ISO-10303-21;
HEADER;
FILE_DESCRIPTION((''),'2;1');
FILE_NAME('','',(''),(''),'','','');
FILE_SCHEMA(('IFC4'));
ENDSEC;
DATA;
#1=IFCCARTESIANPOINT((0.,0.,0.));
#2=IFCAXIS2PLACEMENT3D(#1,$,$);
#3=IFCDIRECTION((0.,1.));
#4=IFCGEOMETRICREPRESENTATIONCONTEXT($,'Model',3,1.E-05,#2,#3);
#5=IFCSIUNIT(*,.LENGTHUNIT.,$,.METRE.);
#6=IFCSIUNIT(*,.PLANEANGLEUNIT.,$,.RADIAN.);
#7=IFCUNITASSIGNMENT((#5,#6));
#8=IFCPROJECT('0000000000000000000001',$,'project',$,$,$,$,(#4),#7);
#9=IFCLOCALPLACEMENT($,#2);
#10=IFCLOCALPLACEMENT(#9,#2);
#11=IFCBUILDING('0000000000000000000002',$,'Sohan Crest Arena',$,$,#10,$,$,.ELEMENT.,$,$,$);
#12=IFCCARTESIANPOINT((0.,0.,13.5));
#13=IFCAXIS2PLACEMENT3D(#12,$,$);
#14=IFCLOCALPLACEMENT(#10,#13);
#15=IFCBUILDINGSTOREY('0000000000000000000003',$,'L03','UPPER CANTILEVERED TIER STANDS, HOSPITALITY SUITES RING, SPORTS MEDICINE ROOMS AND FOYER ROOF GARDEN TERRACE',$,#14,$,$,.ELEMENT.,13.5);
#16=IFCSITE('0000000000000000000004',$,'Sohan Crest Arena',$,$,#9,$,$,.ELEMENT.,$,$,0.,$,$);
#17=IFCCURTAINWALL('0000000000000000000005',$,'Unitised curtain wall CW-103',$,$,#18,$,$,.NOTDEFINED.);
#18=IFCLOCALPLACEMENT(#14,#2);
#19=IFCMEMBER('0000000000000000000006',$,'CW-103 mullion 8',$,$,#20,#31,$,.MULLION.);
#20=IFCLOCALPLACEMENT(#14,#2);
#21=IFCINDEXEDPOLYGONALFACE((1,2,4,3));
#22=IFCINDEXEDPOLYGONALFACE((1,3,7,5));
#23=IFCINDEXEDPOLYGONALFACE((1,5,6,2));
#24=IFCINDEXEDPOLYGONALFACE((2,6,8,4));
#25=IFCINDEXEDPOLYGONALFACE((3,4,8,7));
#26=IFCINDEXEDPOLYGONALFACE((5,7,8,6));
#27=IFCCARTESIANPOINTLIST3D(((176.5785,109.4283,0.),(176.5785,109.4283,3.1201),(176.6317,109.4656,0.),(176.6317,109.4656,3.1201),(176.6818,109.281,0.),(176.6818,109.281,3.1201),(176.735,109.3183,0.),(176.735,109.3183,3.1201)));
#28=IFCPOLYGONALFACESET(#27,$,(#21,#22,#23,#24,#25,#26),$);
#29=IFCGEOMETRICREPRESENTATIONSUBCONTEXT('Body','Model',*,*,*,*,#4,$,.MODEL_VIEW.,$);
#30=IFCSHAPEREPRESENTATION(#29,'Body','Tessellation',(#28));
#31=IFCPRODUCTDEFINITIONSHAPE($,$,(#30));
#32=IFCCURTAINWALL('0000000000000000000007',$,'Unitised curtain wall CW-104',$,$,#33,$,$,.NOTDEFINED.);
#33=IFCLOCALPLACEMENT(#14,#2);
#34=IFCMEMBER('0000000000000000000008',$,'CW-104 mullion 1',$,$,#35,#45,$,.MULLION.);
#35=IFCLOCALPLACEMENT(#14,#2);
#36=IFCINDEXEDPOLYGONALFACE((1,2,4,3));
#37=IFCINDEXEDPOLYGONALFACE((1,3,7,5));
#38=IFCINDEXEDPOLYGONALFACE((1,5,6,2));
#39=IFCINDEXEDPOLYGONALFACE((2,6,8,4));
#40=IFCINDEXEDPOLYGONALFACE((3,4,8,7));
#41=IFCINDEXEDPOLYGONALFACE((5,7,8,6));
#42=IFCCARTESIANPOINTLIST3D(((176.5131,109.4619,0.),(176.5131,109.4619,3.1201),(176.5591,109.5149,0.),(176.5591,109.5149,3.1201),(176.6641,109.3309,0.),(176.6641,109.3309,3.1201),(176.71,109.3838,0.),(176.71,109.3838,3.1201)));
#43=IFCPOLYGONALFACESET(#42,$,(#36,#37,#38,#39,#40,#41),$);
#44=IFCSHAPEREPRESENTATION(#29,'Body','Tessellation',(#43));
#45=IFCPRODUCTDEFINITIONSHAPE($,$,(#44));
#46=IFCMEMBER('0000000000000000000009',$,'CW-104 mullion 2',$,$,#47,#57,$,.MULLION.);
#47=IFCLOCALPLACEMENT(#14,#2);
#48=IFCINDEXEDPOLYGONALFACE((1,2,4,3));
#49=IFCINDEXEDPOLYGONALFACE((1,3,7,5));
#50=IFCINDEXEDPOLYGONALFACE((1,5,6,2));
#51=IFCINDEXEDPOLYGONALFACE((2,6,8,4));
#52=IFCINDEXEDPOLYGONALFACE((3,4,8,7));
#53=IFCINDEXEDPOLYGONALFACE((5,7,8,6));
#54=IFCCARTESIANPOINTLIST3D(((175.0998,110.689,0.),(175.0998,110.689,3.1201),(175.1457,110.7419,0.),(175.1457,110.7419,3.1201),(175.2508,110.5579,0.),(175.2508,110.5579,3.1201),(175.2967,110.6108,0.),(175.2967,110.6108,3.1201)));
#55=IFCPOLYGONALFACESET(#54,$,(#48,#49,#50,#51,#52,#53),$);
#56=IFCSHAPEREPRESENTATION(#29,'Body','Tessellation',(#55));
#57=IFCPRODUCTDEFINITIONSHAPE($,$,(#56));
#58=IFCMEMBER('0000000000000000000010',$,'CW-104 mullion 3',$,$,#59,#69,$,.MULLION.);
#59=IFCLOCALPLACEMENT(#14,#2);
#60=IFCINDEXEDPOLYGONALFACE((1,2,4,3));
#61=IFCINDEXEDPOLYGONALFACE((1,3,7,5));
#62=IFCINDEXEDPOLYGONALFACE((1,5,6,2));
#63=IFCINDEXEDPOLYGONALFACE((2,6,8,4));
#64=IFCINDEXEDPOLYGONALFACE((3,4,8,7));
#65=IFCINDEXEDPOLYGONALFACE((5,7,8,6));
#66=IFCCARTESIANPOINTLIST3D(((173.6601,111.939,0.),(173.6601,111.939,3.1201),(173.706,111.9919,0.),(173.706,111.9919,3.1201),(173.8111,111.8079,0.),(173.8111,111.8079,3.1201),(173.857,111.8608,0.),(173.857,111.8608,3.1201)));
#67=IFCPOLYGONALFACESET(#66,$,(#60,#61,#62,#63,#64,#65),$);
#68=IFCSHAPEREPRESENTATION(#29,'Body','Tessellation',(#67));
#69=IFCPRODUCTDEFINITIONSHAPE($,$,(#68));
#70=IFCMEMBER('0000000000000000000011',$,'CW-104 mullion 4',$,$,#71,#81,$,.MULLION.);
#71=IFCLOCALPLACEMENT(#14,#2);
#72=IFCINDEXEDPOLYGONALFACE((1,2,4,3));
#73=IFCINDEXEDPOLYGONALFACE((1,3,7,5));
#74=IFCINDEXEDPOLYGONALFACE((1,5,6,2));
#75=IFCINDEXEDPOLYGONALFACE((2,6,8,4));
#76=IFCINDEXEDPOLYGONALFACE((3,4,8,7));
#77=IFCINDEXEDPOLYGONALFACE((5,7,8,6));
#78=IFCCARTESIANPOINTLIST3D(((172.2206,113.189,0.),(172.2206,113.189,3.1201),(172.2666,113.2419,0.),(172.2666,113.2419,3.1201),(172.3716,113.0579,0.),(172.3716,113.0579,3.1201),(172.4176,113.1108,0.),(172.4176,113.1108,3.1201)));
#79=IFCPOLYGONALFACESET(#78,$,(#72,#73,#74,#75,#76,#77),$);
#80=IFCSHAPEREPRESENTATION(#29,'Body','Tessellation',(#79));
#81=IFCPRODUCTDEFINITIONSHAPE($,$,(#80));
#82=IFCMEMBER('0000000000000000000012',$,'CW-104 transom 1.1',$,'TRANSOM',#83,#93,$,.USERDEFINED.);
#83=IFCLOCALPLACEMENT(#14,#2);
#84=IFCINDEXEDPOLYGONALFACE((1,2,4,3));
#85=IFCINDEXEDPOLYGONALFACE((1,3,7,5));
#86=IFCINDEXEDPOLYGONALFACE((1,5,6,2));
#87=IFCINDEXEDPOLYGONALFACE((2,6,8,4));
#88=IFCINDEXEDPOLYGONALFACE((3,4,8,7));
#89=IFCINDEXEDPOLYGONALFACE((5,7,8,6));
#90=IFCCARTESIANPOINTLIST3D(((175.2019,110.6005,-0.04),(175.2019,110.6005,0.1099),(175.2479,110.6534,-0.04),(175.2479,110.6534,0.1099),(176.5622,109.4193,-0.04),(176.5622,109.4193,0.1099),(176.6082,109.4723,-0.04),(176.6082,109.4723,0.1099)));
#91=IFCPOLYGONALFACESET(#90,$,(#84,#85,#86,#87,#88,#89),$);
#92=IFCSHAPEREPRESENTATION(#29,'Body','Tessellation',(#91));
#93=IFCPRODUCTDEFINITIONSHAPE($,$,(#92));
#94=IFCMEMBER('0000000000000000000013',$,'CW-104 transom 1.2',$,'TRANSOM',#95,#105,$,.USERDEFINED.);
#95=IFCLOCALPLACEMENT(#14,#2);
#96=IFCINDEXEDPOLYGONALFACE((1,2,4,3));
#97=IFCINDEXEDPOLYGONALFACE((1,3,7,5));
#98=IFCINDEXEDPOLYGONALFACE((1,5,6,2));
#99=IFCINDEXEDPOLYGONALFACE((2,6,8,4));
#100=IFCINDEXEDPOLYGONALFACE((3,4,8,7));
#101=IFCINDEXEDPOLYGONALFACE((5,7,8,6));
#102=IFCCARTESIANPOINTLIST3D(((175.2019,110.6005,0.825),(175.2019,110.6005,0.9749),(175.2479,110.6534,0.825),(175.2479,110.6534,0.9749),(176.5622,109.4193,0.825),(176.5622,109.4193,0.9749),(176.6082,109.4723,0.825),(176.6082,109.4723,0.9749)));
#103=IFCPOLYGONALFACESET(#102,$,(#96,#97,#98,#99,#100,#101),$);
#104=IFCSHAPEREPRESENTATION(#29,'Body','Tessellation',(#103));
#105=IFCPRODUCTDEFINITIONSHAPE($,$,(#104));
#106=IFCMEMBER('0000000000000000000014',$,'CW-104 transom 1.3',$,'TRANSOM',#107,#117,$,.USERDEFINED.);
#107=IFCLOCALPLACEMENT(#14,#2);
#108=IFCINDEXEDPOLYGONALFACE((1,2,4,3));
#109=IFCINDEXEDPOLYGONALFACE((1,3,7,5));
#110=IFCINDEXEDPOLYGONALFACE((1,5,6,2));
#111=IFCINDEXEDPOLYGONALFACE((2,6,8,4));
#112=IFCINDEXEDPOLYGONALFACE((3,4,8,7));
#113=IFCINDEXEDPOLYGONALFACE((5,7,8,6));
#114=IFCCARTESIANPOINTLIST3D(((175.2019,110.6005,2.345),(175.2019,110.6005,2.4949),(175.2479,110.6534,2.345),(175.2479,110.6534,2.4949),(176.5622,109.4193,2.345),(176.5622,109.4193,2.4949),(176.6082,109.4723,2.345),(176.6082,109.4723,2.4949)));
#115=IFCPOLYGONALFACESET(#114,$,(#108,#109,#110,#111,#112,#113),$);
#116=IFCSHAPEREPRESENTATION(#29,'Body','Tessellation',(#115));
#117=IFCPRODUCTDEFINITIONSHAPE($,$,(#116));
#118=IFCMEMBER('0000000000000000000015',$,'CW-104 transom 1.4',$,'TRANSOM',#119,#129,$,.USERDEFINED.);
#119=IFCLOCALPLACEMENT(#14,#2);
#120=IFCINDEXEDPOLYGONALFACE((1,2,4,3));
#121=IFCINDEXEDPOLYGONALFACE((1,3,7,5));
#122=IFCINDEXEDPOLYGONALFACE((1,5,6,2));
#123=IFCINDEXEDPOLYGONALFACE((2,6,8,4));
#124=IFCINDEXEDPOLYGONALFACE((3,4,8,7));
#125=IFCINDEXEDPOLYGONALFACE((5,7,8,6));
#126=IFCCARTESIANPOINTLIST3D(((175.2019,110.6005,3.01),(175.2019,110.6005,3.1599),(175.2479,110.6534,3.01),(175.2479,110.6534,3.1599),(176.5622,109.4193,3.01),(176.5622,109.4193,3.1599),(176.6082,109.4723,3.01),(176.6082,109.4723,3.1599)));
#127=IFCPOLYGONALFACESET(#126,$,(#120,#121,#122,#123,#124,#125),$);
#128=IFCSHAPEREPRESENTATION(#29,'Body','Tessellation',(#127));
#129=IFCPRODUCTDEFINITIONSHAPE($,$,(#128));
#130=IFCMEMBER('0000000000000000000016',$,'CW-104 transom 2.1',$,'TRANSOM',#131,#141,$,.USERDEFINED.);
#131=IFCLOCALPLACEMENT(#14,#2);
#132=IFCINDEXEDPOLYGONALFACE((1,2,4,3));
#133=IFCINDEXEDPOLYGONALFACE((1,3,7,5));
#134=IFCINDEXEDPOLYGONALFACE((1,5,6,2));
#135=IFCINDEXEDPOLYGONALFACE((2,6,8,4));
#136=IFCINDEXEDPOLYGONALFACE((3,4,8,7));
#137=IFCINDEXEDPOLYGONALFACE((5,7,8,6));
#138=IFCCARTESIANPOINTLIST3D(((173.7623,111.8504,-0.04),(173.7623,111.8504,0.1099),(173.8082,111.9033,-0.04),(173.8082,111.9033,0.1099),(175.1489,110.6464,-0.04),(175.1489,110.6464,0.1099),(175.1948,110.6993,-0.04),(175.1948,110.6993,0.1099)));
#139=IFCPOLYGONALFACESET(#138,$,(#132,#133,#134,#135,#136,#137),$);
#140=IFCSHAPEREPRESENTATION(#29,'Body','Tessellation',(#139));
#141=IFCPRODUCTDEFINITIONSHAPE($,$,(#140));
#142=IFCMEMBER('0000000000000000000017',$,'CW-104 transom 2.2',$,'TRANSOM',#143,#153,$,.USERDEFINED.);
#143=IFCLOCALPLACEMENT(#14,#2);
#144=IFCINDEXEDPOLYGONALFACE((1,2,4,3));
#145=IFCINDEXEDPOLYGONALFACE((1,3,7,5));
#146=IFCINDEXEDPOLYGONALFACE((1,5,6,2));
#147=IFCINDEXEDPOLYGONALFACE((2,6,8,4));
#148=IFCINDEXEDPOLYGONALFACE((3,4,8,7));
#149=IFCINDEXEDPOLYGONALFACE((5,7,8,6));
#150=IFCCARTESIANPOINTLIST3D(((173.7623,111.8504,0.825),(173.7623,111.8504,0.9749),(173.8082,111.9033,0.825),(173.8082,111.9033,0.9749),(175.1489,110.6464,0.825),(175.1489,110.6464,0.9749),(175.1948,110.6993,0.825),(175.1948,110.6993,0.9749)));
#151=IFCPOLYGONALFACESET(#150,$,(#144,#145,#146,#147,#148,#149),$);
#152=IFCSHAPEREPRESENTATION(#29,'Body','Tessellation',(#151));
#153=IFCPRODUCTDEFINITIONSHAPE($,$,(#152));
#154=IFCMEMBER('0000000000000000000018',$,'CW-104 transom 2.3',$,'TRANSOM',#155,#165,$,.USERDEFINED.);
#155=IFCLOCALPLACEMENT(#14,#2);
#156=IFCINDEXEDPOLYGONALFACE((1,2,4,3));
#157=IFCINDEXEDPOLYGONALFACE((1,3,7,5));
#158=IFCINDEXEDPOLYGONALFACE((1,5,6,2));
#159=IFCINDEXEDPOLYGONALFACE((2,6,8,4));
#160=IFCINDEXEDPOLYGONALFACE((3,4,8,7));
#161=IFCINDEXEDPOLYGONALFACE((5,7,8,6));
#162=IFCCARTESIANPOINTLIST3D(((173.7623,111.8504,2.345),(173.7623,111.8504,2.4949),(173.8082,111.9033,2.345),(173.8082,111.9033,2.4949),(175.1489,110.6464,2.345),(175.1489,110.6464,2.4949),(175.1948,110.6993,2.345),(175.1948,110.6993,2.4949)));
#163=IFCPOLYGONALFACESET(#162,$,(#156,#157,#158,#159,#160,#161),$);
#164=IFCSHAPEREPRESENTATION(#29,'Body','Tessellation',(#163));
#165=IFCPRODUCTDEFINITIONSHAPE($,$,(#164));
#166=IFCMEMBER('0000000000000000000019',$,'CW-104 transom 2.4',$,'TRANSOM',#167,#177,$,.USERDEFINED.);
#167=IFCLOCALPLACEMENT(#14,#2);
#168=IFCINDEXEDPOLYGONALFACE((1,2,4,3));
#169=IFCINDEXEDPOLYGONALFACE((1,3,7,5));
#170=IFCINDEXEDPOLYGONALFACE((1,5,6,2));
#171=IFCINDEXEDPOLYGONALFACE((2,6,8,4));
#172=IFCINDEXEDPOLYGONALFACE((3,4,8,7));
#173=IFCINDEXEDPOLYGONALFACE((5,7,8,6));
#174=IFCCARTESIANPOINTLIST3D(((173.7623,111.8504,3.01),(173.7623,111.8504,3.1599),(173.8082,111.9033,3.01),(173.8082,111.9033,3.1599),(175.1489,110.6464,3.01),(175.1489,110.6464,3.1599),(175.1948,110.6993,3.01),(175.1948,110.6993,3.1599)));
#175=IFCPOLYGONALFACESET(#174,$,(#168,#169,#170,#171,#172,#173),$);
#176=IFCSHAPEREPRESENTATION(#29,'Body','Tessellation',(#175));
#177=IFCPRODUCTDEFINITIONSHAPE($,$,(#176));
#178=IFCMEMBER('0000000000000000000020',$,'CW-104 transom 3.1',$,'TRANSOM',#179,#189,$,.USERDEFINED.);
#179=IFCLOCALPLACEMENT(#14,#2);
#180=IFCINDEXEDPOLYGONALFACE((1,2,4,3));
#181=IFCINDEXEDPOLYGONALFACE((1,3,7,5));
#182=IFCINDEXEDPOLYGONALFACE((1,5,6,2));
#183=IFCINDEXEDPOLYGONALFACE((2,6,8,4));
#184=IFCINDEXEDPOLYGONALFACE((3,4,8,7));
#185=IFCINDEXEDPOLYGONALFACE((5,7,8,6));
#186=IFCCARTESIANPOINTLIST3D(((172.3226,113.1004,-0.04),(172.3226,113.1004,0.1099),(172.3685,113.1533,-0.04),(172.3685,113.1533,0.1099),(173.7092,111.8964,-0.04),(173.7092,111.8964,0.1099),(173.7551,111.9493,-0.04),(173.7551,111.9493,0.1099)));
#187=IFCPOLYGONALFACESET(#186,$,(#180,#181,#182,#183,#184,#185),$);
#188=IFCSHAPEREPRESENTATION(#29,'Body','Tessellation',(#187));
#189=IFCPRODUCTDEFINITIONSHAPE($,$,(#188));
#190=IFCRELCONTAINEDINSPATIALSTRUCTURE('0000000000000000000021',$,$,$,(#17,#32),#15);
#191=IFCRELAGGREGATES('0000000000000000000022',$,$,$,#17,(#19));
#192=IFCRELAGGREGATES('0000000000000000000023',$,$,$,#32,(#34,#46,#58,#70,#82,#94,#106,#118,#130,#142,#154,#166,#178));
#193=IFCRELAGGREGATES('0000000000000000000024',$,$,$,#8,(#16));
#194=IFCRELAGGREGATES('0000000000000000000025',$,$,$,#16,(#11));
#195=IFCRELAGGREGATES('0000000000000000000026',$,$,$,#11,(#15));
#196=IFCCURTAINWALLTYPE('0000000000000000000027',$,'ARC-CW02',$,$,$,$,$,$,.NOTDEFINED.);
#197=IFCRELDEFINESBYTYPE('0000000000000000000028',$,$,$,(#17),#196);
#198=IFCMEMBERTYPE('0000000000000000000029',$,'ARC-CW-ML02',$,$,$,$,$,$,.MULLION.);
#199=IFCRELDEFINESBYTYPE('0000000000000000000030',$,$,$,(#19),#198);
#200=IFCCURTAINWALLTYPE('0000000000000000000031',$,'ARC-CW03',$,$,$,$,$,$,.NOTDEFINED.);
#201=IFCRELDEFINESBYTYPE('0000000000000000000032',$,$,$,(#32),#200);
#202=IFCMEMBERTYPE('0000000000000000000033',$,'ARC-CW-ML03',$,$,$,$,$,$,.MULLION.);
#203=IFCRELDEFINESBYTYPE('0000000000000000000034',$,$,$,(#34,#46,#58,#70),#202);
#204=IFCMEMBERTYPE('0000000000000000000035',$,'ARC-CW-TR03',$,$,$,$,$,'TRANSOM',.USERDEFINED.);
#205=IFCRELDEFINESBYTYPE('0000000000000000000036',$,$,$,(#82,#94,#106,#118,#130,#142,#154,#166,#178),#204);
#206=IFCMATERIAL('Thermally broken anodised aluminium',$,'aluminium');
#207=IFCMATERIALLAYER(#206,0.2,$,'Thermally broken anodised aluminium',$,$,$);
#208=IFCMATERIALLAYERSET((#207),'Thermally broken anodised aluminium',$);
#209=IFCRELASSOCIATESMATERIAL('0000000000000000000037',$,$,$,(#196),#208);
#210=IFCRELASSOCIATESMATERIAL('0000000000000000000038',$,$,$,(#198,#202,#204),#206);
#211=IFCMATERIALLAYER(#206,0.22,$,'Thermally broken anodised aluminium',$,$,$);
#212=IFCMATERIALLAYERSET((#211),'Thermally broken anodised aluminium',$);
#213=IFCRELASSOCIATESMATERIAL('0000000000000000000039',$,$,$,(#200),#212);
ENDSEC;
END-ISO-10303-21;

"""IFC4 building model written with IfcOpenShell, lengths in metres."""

from ifc_helpers import new_model, si_unit, direction, frame, origin, origin_2d, place, context, subcontext, project, spatial, rectangle, extrude, material, layer, layer_set, material_profile, profile_set, type_object, element, aggregate, save


model = new_model("IFC4")

# Units and contexts
model_context = context("Model", 3, precision=1e-05, world=origin(), true_north=direction((0.0, 1.0)))
body_context = subcontext(model_context, "Body", "Model", "MODEL_VIEW")
ifc_project = project(units=[si_unit("LENGTHUNIT", "METRE"), si_unit("PLANEANGLEUNIT", "RADIAN")], contexts=[model_context])

# Site, building, storey
site_placement = place(None, origin())
site = spatial("IfcSite", under=ifc_project, at=site_placement, Name="Sohan Crest Arena", CompositionType="ELEMENT", RefElevation=0.0)
building_placement = place(site_placement, origin())
building = spatial("IfcBuilding", under=site, at=building_placement, Name="Sohan Crest Arena", CompositionType="ELEMENT")
storey_placement = place(building_placement, frame((0.0, 0.0, 13.5)))
storey = spatial("IfcBuildingStorey", under=building, at=storey_placement, Name="L03", Description="UPPER CANTILEVERED TIER STANDS, HOSPITALITY SUITES RING, SPORTS MEDICINE ROOMS AND FOYER ROOF GARDEN TERRACE", CompositionType="ELEMENT", Elevation=13.5)

# Curtain wall, member
ifc_material_1 = material(Name="Thermally broken anodised aluminium", Category="aluminium")
ifc_layer_1 = layer(ifc_material_1, 0.2, Name="Thermally broken anodised aluminium")
ifc_layer_set_1 = layer_set([ifc_layer_1], Name="Thermally broken anodised aluminium")
curtain_wall_type_1 = type_object("IfcCurtainWallType", Name="ARC-CW02", PredefinedType="NOTDEFINED", material=ifc_layer_set_1)
curtain_wall_1_placement = place(storey_placement, origin())
curtain_wall_1 = element("IfcCurtainWall", 1, at=curtain_wall_1_placement, inside=storey, type_object=curtain_wall_type_1, Name="Unitised curtain wall CW-103", PredefinedType="NOTDEFINED")
ifc_material_profile_1 = material_profile(ifc_material_1, rectangle(XDim=0.0649, YDim=0.1799, at=origin_2d()), Name="ALU-MULL 65x180")
ifc_profile_set_1 = profile_set([ifc_material_profile_1], Name="Thermally broken anodised aluminium")
member_type_1 = type_object("IfcMemberType", Name="ARC-CW-ML02", PredefinedType="MULLION", material=ifc_profile_set_1)
member_1_placement = place(storey_placement, frame((176.6567, 109.3733, 0.0), z_axis=(0.0, 0.0, 1.0), x_axis=(-0.818899, -0.573938, 0.0)))
member_1 = element("IfcMember", 2, at=member_1_placement, type_object=member_type_1, Name="CW-103 mullion 8", PredefinedType="MULLION", context=body_context, shape_type="SweptSolid", body=[
    extrude(rectangle(XDim=0.0649, YDim=0.1799, at=origin_2d()), origin(), (0.0, 0.0, 1.0), 3.1201),
])
aggregate(curtain_wall_1, [member_1])

# Curtain wall, members
ifc_layer_2 = layer(ifc_material_1, 0.22, Name="Thermally broken anodised aluminium")
ifc_layer_set_2 = layer_set([ifc_layer_2], Name="Thermally broken anodised aluminium")
curtain_wall_type_2 = type_object("IfcCurtainWallType", Name="ARC-CW03", PredefinedType="NOTDEFINED", material=ifc_layer_set_2)
curtain_wall_2_placement = place(storey_placement, origin())
curtain_wall_2 = element("IfcCurtainWall", 3, at=curtain_wall_2_placement, inside=storey, type_object=curtain_wall_type_2, Name="Unitised curtain wall CW-104", PredefinedType="NOTDEFINED")
ifc_material_profile_2 = material_profile(ifc_material_1, rectangle(XDim=0.0701, YDim=0.2, at=origin_2d()), Name="ALU-MULL 70x200")
ifc_profile_set_2 = profile_set([ifc_material_profile_2], Name="Thermally broken anodised aluminium")
member_type_2 = type_object("IfcMemberType", Name="ARC-CW-ML03", PredefinedType="MULLION", material=ifc_profile_set_2)
member_2_placement = place(storey_placement, frame((176.6116, 109.4229, 0.0), z_axis=(0.0, 0.0, 1.0), x_axis=(-0.655616, -0.755095, 0.0)))
member_2 = element("IfcMember", 4, at=member_2_placement, type_object=member_type_2, Name="CW-104 mullion 1", PredefinedType="MULLION", context=body_context, shape_type="SweptSolid", body=[
    extrude(rectangle(XDim=0.0701, YDim=0.2, at=origin_2d()), origin(), (0.0, 0.0, 1.0), 3.1201),
])
member_3_placement = place(storey_placement, frame((175.1982, 110.6499, 0.0), z_axis=(0.0, 0.0, 1.0), x_axis=(-0.655616, -0.755095, 0.0)))
member_3 = element("IfcMember", 5, at=member_3_placement, type_object=member_type_2, Name="CW-104 mullion 2", PredefinedType="MULLION", context=body_context, shape_type="SweptSolid", body=[
    extrude(rectangle(XDim=0.0701, YDim=0.2, at=origin_2d()), origin(), (0.0, 0.0, 1.0), 3.1201),
])
member_4_placement = place(storey_placement, frame((173.7585, 111.8999, 0.0), z_axis=(0.0, 0.0, 1.0), x_axis=(-0.655616, -0.755095, 0.0)))
member_4 = element("IfcMember", 6, at=member_4_placement, type_object=member_type_2, Name="CW-104 mullion 3", PredefinedType="MULLION", context=body_context, shape_type="SweptSolid", body=[
    extrude(rectangle(XDim=0.0701, YDim=0.2, at=origin_2d()), origin(), (0.0, 0.0, 1.0), 3.1201),
])
member_5_placement = place(storey_placement, frame((172.3191, 113.1499, 0.0), z_axis=(0.0, 0.0, 1.0), x_axis=(-0.655616, -0.755095, 0.0)))
member_5 = element("IfcMember", 7, at=member_5_placement, type_object=member_type_2, Name="CW-104 mullion 4", PredefinedType="MULLION", context=body_context, shape_type="SweptSolid", body=[
    extrude(rectangle(XDim=0.0701, YDim=0.2, at=origin_2d()), origin(), (0.0, 0.0, 1.0), 3.1201),
])
ifc_material_profile_3 = material_profile(ifc_material_1, rectangle(XDim=0.0701, YDim=0.1499, at=origin_2d()), Name="ALU-TRAN 70x150")
ifc_profile_set_3 = profile_set([ifc_material_profile_3], Name="Thermally broken anodised aluminium")
member_type_3 = type_object("IfcMemberType", Name="ARC-CW-TR03", ElementType="TRANSOM", PredefinedType="USERDEFINED", material=ifc_profile_set_3)
member_6_placement = place(storey_placement, frame((176.5852, 109.4458, 0.0349), z_axis=(-0.75509, 0.655622, 0.0), x_axis=(-0.655622, -0.75509, 0.0)))
member_6 = element("IfcMember", 8, at=member_6_placement, type_object=member_type_3, Name="CW-104 transom 1.1", ObjectType="TRANSOM", PredefinedType="USERDEFINED", context=body_context, shape_type="SweptSolid", body=[
    extrude(rectangle(XDim=0.0701, YDim=0.1499, at=origin_2d()), origin(), (0.0, 0.0, 1.0), 1.8015),
])
member_7_placement = place(storey_placement, frame((176.5852, 109.4458, 0.8999), z_axis=(-0.75509, 0.655622, 0.0), x_axis=(-0.655622, -0.75509, 0.0)))
member_7 = element("IfcMember", 9, at=member_7_placement, type_object=member_type_3, Name="CW-104 transom 1.2", ObjectType="TRANSOM", PredefinedType="USERDEFINED", context=body_context, shape_type="SweptSolid", body=[
    extrude(rectangle(XDim=0.0701, YDim=0.1499, at=origin_2d()), origin(), (0.0, 0.0, 1.0), 1.8015),
])
member_8_placement = place(storey_placement, frame((176.5852, 109.4458, 2.4199), z_axis=(-0.75509, 0.655622, 0.0), x_axis=(-0.655622, -0.75509, 0.0)))
member_8 = element("IfcMember", 10, at=member_8_placement, type_object=member_type_3, Name="CW-104 transom 1.3", ObjectType="TRANSOM", PredefinedType="USERDEFINED", context=body_context, shape_type="SweptSolid", body=[
    extrude(rectangle(XDim=0.0701, YDim=0.1499, at=origin_2d()), origin(), (0.0, 0.0, 1.0), 1.8015),
])
member_9_placement = place(storey_placement, frame((176.5852, 109.4458, 3.085), z_axis=(-0.75509, 0.655622, 0.0), x_axis=(-0.655622, -0.75509, 0.0)))
member_9 = element("IfcMember", 11, at=member_9_placement, type_object=member_type_3, Name="CW-104 transom 1.4", ObjectType="TRANSOM", PredefinedType="USERDEFINED", context=body_context, shape_type="SweptSolid", body=[
    extrude(rectangle(XDim=0.0701, YDim=0.1499, at=origin_2d()), origin(), (0.0, 0.0, 1.0), 1.8015),
])
member_10_placement = place(storey_placement, frame((175.1719, 110.6729, 0.0349), z_axis=(-0.755075, 0.655639, 0.0), x_axis=(-0.655639, -0.755075, 0.0)))
member_10 = element("IfcMember", 12, at=member_10_placement, type_object=member_type_3, Name="CW-104 transom 2.1", ObjectType="TRANSOM", PredefinedType="USERDEFINED", context=body_context, shape_type="SweptSolid", body=[
    extrude(rectangle(XDim=0.0701, YDim=0.1499, at=origin_2d()), origin(), (0.0, 0.0, 1.0), 1.8364),
])
member_11_placement = place(storey_placement, frame((175.1719, 110.6729, 0.8999), z_axis=(-0.755075, 0.655639, 0.0), x_axis=(-0.655639, -0.755075, 0.0)))
member_11 = element("IfcMember", 13, at=member_11_placement, type_object=member_type_3, Name="CW-104 transom 2.2", ObjectType="TRANSOM", PredefinedType="USERDEFINED", context=body_context, shape_type="SweptSolid", body=[
    extrude(rectangle(XDim=0.0701, YDim=0.1499, at=origin_2d()), origin(), (0.0, 0.0, 1.0), 1.8364),
])
member_12_placement = place(storey_placement, frame((175.1719, 110.6729, 2.4199), z_axis=(-0.755075, 0.655639, 0.0), x_axis=(-0.655639, -0.755075, 0.0)))
member_12 = element("IfcMember", 14, at=member_12_placement, type_object=member_type_3, Name="CW-104 transom 2.3", ObjectType="TRANSOM", PredefinedType="USERDEFINED", context=body_context, shape_type="SweptSolid", body=[
    extrude(rectangle(XDim=0.0701, YDim=0.1499, at=origin_2d()), origin(), (0.0, 0.0, 1.0), 1.8364),
])
member_13_placement = place(storey_placement, frame((175.1719, 110.6729, 3.085), z_axis=(-0.755075, 0.655639, 0.0), x_axis=(-0.655639, -0.755075, 0.0)))
member_13 = element("IfcMember", 15, at=member_13_placement, type_object=member_type_3, Name="CW-104 transom 2.4", ObjectType="TRANSOM", PredefinedType="USERDEFINED", context=body_context, shape_type="SweptSolid", body=[
    extrude(rectangle(XDim=0.0701, YDim=0.1499, at=origin_2d()), origin(), (0.0, 0.0, 1.0), 1.8364),
])
member_14_placement = place(storey_placement, frame((173.7322, 111.9229, 0.0349), z_axis=(-0.755075, 0.655639, 0.0), x_axis=(-0.655639, -0.755075, 0.0)))
member_14 = element("IfcMember", 16, at=member_14_placement, type_object=member_type_3, Name="CW-104 transom 3.1", ObjectType="TRANSOM", PredefinedType="USERDEFINED", context=body_context, shape_type="SweptSolid", body=[
    extrude(rectangle(XDim=0.0701, YDim=0.1499, at=origin_2d()), origin(), (0.0, 0.0, 1.0), 1.8364),
])
aggregate(curtain_wall_2, [member_2, member_3, member_4, member_5, member_6, member_7, member_8, member_9, member_10, member_11, member_12, member_13, member_14])

save(model, "model.ifc")
